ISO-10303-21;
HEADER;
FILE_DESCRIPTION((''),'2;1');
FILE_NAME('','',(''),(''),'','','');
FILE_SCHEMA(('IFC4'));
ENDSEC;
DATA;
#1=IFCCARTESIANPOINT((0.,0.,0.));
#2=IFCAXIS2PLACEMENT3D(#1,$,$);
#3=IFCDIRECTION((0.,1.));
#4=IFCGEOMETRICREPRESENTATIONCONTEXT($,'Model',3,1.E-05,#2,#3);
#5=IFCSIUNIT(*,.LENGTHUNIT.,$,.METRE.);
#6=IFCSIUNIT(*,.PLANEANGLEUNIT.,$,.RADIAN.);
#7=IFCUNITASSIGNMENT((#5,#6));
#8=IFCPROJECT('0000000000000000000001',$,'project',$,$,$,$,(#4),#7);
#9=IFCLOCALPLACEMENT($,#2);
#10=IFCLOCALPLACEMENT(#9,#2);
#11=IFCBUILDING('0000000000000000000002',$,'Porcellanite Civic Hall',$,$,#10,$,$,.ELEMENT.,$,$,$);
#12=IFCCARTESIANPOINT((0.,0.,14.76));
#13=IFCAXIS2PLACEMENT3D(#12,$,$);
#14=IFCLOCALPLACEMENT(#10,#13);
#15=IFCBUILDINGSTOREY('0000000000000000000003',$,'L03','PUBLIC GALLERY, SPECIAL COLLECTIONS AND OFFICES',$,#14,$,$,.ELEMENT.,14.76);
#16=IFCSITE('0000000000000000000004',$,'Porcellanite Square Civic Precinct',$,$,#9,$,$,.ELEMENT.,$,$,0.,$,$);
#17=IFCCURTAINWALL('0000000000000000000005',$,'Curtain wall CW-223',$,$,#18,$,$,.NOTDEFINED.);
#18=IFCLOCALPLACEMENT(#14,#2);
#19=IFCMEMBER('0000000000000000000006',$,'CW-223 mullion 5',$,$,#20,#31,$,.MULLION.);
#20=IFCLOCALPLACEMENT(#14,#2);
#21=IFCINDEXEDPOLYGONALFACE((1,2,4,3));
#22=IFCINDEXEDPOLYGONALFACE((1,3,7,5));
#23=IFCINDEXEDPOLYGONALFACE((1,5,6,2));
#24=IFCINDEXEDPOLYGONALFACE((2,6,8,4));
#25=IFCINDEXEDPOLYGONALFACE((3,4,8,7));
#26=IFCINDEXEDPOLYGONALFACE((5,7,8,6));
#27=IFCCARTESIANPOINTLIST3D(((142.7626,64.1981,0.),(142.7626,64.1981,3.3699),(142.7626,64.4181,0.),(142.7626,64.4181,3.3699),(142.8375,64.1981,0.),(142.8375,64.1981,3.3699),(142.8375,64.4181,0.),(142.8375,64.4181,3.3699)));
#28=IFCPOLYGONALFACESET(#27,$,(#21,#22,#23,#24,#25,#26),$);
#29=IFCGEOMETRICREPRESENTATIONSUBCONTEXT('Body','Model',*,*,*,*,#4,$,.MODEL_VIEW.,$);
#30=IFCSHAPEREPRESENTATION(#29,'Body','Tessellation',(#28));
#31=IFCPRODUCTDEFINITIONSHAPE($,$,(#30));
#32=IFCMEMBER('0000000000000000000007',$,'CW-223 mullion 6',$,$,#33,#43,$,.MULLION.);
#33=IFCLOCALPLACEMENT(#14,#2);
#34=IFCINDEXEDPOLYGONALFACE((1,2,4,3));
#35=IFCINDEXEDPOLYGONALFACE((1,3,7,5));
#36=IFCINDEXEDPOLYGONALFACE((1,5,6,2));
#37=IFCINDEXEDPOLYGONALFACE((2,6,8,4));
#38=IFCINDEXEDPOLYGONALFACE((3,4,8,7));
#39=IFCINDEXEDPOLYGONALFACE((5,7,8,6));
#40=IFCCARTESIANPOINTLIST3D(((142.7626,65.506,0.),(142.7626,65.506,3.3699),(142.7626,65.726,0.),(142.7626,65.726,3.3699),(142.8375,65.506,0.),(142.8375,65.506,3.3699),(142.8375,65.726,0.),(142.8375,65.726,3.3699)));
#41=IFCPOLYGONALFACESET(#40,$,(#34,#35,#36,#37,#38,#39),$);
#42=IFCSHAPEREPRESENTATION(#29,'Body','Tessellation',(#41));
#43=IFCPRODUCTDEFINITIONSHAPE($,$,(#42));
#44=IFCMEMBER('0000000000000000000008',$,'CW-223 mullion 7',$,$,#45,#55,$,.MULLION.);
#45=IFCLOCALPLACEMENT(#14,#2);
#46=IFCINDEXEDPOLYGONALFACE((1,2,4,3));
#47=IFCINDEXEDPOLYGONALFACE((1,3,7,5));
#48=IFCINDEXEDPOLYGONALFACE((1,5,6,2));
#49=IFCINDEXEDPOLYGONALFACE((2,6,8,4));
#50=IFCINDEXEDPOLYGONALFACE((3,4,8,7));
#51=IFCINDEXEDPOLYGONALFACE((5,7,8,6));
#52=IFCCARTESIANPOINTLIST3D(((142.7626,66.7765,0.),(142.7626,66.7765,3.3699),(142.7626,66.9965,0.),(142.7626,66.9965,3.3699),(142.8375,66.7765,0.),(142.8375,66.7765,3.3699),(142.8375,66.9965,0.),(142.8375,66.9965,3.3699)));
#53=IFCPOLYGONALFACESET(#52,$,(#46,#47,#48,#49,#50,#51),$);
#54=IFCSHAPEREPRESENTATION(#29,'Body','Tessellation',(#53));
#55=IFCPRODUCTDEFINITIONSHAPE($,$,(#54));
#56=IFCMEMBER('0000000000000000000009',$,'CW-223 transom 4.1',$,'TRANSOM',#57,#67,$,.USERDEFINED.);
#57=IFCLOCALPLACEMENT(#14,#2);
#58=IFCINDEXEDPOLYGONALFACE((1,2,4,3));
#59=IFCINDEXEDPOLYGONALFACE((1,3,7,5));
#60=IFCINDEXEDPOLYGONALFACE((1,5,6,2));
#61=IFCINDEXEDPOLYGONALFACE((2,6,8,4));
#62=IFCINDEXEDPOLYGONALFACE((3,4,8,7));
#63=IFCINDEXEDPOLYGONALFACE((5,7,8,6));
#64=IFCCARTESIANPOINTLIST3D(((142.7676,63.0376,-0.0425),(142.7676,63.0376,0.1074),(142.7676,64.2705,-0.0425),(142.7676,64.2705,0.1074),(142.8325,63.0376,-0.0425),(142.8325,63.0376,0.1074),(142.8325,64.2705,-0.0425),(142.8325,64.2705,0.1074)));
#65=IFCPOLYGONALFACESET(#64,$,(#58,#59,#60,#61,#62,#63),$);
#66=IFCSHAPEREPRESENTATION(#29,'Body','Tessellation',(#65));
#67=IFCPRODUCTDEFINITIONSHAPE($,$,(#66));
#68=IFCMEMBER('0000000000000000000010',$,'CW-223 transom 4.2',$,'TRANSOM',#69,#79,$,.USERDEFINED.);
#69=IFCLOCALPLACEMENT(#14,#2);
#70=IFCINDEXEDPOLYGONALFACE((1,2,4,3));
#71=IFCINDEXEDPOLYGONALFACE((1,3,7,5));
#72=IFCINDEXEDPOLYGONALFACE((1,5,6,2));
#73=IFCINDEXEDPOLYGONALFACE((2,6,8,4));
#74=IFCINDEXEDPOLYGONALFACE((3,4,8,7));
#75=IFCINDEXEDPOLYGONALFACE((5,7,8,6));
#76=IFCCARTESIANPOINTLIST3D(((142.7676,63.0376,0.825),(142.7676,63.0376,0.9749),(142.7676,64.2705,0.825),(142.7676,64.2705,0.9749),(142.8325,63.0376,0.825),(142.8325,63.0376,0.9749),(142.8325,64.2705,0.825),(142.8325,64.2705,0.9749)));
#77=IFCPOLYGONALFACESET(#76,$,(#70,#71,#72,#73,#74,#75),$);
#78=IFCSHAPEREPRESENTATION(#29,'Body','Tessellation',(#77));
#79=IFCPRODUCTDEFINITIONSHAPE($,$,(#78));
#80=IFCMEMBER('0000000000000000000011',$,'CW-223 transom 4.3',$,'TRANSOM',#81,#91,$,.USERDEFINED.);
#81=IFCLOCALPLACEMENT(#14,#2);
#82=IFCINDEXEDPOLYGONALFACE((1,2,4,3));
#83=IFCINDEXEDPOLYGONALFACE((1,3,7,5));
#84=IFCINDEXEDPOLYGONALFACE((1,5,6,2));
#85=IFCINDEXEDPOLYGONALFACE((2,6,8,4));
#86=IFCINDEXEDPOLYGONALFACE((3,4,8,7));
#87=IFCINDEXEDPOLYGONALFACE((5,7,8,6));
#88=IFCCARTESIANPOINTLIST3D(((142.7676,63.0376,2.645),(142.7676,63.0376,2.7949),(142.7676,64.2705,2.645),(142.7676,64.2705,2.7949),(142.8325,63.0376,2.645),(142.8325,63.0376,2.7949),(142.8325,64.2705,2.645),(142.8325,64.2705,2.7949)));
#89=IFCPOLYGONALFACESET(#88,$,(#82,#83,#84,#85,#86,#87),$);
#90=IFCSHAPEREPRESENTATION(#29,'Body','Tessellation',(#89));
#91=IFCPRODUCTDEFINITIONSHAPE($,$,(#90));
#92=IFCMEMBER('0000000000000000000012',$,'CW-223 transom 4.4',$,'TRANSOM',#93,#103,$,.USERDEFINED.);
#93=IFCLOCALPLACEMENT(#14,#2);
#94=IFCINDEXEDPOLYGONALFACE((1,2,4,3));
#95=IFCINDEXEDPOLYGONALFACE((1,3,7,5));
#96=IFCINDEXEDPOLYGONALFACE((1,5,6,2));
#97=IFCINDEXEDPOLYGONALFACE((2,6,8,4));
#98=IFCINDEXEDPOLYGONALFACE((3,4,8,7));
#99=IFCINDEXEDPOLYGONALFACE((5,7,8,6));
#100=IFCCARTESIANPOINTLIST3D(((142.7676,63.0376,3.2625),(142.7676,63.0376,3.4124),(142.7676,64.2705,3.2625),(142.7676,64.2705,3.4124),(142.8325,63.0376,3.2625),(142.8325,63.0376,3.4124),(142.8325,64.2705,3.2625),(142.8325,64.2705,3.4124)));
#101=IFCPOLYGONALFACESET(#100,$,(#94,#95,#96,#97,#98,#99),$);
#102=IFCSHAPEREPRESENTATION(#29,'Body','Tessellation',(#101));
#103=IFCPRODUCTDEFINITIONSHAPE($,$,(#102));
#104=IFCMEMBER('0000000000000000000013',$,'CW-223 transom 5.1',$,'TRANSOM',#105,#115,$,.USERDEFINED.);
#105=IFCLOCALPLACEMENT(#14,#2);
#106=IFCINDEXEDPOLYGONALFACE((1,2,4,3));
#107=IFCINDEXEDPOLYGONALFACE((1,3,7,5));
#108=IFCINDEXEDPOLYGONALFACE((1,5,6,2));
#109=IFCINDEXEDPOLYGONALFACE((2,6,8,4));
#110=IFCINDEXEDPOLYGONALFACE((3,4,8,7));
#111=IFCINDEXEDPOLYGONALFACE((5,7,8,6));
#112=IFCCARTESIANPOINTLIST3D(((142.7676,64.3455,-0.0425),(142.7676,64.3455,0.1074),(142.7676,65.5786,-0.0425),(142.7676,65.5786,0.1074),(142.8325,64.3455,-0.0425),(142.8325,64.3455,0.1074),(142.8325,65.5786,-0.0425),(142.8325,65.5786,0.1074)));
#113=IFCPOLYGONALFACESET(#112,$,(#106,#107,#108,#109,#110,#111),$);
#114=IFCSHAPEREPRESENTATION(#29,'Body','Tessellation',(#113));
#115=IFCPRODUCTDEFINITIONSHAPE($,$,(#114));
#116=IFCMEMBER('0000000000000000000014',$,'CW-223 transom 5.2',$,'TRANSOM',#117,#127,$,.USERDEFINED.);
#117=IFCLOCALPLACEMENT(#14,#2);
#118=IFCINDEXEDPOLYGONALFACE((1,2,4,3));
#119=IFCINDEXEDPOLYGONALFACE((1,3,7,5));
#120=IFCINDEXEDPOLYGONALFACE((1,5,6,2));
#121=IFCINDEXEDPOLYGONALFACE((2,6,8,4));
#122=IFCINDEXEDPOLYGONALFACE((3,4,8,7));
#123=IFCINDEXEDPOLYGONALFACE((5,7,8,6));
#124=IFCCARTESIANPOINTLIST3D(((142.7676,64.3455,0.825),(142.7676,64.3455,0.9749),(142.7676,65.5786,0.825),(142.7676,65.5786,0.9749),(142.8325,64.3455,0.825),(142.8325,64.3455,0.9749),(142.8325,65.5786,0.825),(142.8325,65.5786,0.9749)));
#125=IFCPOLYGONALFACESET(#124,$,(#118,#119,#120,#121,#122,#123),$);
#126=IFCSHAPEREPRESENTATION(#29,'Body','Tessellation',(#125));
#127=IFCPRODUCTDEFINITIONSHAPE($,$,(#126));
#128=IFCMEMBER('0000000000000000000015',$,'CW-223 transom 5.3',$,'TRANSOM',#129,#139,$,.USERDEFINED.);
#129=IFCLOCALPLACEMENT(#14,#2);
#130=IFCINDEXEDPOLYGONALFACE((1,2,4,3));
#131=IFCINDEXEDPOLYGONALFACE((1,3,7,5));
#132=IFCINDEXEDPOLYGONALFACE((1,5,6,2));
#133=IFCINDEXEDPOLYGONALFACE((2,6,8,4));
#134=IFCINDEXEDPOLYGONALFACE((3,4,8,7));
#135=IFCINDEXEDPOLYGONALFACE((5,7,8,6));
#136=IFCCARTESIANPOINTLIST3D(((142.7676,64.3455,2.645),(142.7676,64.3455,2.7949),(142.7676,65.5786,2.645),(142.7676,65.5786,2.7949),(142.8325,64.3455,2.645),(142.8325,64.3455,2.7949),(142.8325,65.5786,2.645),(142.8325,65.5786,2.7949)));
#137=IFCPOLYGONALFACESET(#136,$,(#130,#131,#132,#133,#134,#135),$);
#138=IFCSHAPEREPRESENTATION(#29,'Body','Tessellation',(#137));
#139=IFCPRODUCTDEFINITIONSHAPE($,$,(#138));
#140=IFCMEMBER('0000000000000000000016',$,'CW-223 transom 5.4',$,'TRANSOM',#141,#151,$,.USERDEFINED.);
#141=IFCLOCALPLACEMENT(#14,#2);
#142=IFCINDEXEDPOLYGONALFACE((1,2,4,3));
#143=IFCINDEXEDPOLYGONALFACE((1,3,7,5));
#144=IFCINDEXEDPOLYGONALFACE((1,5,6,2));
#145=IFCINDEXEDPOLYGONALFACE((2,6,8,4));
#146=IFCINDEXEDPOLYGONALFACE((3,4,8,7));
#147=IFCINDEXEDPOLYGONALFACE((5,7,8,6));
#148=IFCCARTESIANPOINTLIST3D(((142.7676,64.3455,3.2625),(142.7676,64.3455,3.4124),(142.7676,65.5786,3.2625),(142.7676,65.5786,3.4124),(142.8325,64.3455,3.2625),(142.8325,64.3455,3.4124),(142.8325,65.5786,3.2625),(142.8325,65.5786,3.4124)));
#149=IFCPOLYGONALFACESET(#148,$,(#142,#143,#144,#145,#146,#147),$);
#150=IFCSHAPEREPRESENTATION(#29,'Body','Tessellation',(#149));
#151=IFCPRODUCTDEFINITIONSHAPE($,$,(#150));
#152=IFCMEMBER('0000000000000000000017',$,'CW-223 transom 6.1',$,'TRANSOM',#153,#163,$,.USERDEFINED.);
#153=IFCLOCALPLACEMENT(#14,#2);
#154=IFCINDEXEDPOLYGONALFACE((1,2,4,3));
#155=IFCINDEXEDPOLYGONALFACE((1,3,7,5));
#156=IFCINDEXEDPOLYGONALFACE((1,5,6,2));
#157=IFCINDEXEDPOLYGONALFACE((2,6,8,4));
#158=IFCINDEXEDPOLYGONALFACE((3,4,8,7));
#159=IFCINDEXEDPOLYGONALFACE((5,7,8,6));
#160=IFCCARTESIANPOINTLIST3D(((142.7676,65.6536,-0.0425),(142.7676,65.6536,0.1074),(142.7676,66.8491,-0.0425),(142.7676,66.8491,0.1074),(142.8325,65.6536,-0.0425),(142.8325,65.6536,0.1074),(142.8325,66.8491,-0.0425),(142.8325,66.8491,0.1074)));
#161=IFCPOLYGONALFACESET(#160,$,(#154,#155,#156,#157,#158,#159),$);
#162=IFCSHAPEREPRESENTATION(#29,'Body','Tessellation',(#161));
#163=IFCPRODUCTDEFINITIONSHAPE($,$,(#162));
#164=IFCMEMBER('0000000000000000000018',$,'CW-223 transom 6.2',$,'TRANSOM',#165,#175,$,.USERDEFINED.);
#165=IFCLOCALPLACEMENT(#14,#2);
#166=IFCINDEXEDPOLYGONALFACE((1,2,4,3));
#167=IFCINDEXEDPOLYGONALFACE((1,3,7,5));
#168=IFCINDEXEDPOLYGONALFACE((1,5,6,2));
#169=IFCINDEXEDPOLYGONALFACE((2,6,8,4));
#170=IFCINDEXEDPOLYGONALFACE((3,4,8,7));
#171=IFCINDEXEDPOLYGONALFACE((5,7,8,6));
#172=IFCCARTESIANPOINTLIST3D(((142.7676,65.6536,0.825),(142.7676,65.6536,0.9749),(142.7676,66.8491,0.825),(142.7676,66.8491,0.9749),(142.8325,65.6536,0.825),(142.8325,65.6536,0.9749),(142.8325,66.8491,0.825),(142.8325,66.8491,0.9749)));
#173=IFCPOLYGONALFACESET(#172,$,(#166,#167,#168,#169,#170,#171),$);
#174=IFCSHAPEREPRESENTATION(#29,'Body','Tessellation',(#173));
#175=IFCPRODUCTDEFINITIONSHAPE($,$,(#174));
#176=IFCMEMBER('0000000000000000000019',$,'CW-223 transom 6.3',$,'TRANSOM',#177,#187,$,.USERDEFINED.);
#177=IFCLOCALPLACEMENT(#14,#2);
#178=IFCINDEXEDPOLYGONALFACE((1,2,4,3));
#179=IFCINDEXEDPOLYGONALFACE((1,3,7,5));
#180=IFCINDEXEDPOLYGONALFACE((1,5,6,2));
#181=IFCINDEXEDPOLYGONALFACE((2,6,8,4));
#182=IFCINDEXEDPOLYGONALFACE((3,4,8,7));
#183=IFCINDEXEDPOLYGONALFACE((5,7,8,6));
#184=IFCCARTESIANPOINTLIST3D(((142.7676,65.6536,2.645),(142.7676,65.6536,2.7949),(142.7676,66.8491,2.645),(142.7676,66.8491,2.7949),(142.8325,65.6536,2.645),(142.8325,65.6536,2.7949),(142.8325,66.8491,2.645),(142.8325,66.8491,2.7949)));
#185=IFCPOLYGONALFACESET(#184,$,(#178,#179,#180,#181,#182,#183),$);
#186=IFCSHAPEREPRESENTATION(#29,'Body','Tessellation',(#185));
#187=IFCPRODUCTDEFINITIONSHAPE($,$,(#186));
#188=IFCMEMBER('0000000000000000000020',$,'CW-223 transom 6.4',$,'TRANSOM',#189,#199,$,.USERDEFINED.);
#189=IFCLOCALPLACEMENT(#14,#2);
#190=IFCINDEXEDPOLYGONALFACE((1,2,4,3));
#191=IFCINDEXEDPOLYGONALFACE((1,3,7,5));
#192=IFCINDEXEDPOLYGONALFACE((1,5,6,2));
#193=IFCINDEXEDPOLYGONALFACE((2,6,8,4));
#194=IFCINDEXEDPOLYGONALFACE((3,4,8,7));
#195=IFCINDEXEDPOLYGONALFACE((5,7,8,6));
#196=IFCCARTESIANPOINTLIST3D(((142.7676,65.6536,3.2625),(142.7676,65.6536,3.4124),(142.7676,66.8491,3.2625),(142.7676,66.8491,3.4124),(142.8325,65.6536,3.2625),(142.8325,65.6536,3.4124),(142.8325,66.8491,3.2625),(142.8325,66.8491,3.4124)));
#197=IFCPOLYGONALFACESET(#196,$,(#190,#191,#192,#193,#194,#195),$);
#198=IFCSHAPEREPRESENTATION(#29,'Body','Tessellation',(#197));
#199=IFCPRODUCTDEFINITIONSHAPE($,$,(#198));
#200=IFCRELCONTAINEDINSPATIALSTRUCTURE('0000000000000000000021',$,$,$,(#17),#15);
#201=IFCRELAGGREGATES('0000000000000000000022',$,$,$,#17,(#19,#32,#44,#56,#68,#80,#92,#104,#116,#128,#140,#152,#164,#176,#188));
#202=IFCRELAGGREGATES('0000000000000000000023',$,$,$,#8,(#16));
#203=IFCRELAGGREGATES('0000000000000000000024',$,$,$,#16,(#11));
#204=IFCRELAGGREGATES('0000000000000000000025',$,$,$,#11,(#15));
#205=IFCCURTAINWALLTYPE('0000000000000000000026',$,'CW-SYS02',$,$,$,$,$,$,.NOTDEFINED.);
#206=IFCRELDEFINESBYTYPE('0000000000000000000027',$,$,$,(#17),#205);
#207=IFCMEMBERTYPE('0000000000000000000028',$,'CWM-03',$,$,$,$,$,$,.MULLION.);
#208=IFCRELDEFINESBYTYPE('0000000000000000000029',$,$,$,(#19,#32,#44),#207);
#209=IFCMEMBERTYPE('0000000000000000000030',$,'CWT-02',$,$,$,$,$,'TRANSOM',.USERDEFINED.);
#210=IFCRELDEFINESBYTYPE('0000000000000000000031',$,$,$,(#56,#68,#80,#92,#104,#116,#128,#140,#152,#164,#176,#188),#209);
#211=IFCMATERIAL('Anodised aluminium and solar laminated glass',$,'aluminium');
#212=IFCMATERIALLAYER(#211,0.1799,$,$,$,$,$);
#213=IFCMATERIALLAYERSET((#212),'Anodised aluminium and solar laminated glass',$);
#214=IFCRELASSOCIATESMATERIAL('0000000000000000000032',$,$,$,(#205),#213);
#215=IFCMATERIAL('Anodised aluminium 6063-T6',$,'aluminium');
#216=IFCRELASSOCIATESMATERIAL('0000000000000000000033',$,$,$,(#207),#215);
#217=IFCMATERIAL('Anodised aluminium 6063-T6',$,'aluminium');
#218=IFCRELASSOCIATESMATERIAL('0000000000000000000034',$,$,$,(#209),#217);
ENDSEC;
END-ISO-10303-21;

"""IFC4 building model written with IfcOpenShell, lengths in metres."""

from ifc_helpers import new_model, si_unit, direction, frame, origin, origin_2d, place, context, subcontext, project, spatial, rectangle, extrude, material, layer, layer_set, material_profile, profile_set, type_object, element, aggregate, save


model = new_model("IFC4")

# Units and contexts
model_context = context("Model", 3, precision=1e-05, world=origin(), true_north=direction((0.0, 1.0)))
body_context = subcontext(model_context, "Body", "Model", "MODEL_VIEW")
ifc_project = project(units=[si_unit("LENGTHUNIT", "METRE"), si_unit("PLANEANGLEUNIT", "RADIAN")], contexts=[model_context])

# Site, building, storey
site_placement = place(None, origin())
site = spatial("IfcSite", under=ifc_project, at=site_placement, Name="Porcellanite Square Civic Precinct", CompositionType="ELEMENT", RefElevation=0.0)
building_placement = place(site_placement, origin())
building = spatial("IfcBuilding", under=site, at=building_placement, Name="Porcellanite Civic Hall", CompositionType="ELEMENT")
storey_placement = place(building_placement, frame((0.0, 0.0, 14.76)))
storey = spatial("IfcBuildingStorey", under=building, at=storey_placement, Name="L03", Description="PUBLIC GALLERY, SPECIAL COLLECTIONS AND OFFICES", CompositionType="ELEMENT", Elevation=14.76)

# Curtain wall, members
ifc_material_1 = material(Name="Anodised aluminium and solar laminated glass", Category="aluminium")
ifc_layer_1 = layer(ifc_material_1, 0.1799)
ifc_layer_set_1 = layer_set([ifc_layer_1], Name="Anodised aluminium and solar laminated glass")
curtain_wall_type = type_object("IfcCurtainWallType", Name="CW-SYS02", PredefinedType="NOTDEFINED", material=ifc_layer_set_1)
curtain_wall_placement = place(storey_placement, origin())
curtain_wall = element("IfcCurtainWall", 1, at=curtain_wall_placement, inside=storey, type_object=curtain_wall_type, Name="Curtain wall CW-223", PredefinedType="NOTDEFINED")
ifc_material_2 = material(Name="Anodised aluminium 6063-T6", Category="aluminium")
ifc_material_profile_1 = material_profile(ifc_material_2, rectangle(XDim=0.075, YDim=0.22, at=origin_2d()), Name="AL-75x220")
ifc_profile_set_1 = profile_set([ifc_material_profile_1], Name="Anodised aluminium 6063-T6")
member_type_1 = type_object("IfcMemberType", Name="CWM-03", PredefinedType="MULLION", material=ifc_profile_set_1)
member_1_placement = place(storey_placement, frame((142.8, 64.3081, 0.0), z_axis=(0.0, 0.0, 1.0), x_axis=(-1.0, 0.0, 0.0)))
member_1 = element("IfcMember", 2, at=member_1_placement, type_object=member_type_1, Name="CW-223 mullion 5", PredefinedType="MULLION", context=body_context, shape_type="SweptSolid", body=[
    extrude(rectangle(XDim=0.075, YDim=0.22, at=origin_2d()), origin(), (0.0, 0.0, 1.0), 3.3699),
])
member_2_placement = place(storey_placement, frame((142.8, 65.616, 0.0), z_axis=(0.0, 0.0, 1.0), x_axis=(-1.0, 0.0, 0.0)))
member_2 = element("IfcMember", 3, at=member_2_placement, type_object=member_type_1, Name="CW-223 mullion 6", PredefinedType="MULLION", context=body_context, shape_type="SweptSolid", body=[
    extrude(rectangle(XDim=0.075, YDim=0.22, at=origin_2d()), origin(), (0.0, 0.0, 1.0), 3.3699),
])
member_3_placement = place(storey_placement, frame((142.8, 66.8865, 0.0), z_axis=(0.0, 0.0, 1.0), x_axis=(-1.0, 0.0, 0.0)))
member_3 = element("IfcMember", 4, at=member_3_placement, type_object=member_type_1, Name="CW-223 mullion 7", PredefinedType="MULLION", context=body_context, shape_type="SweptSolid", body=[
    extrude(rectangle(XDim=0.075, YDim=0.22, at=origin_2d()), origin(), (0.0, 0.0, 1.0), 3.3699),
])
ifc_material_3 = material(Name="Anodised aluminium 6063-T6", Category="aluminium")
ifc_material_profile_2 = material_profile(ifc_material_3, rectangle(XDim=0.0649, YDim=0.1499, at=origin_2d()), Name="AL-65x150")
ifc_profile_set_2 = profile_set([ifc_material_profile_2], Name="Anodised aluminium 6063-T6")
member_type_2 = type_object("IfcMemberType", Name="CWT-02", ElementType="TRANSOM", PredefinedType="USERDEFINED", material=ifc_profile_set_2)
member_4_placement = place(storey_placement, frame((142.8, 63.0376, 0.0325), z_axis=(0.0, 1.0, 0.0), x_axis=(-1.0, 0.0, 0.0)))
member_4 = element("IfcMember", 5, at=member_4_placement, type_object=member_type_2, Name="CW-223 transom 4.1", ObjectType="TRANSOM", PredefinedType="USERDEFINED", context=body_context, shape_type="SweptSolid", body=[
    extrude(rectangle(XDim=0.0649, YDim=0.1499, at=origin_2d()), origin(), (0.0, 0.0, 1.0), 1.2329),
])
member_5_placement = place(storey_placement, frame((142.8, 63.0376, 0.8999), z_axis=(0.0, 1.0, 0.0), x_axis=(-1.0, 0.0, 0.0)))
member_5 = element("IfcMember", 6, at=member_5_placement, type_object=member_type_2, Name="CW-223 transom 4.2", ObjectType="TRANSOM", PredefinedType="USERDEFINED", context=body_context, shape_type="SweptSolid", body=[
    extrude(rectangle(XDim=0.0649, YDim=0.1499, at=origin_2d()), origin(), (0.0, 0.0, 1.0), 1.2329),
])
member_6_placement = place(storey_placement, frame((142.8, 63.0376, 2.72), z_axis=(0.0, 1.0, 0.0), x_axis=(-1.0, 0.0, 0.0)))
member_6 = element("IfcMember", 7, at=member_6_placement, type_object=member_type_2, Name="CW-223 transom 4.3", ObjectType="TRANSOM", PredefinedType="USERDEFINED", context=body_context, shape_type="SweptSolid", body=[
    extrude(rectangle(XDim=0.0649, YDim=0.1499, at=origin_2d()), origin(), (0.0, 0.0, 1.0), 1.2329),
])
member_7_placement = place(storey_placement, frame((142.8, 63.0376, 3.3374), z_axis=(0.0, 1.0, 0.0), x_axis=(-1.0, 0.0, 0.0)))
member_7 = element("IfcMember", 8, at=member_7_placement, type_object=member_type_2, Name="CW-223 transom 4.4", ObjectType="TRANSOM", PredefinedType="USERDEFINED", context=body_context, shape_type="SweptSolid", body=[
    extrude(rectangle(XDim=0.0649, YDim=0.1499, at=origin_2d()), origin(), (0.0, 0.0, 1.0), 1.2329),
])
member_8_placement = place(storey_placement, frame((142.8, 64.3455, 0.0325), z_axis=(0.0, 1.0, 0.0), x_axis=(-1.0, 0.0, 0.0)))
member_8 = element("IfcMember", 9, at=member_8_placement, type_object=member_type_2, Name="CW-223 transom 5.1", ObjectType="TRANSOM", PredefinedType="USERDEFINED", context=body_context, shape_type="SweptSolid", body=[
    extrude(rectangle(XDim=0.0649, YDim=0.1499, at=origin_2d()), origin(), (0.0, 0.0, 1.0), 1.2332),
])
member_9_placement = place(storey_placement, frame((142.8, 64.3455, 0.8999), z_axis=(0.0, 1.0, 0.0), x_axis=(-1.0, 0.0, 0.0)))
member_9 = element("IfcMember", 10, at=member_9_placement, type_object=member_type_2, Name="CW-223 transom 5.2", ObjectType="TRANSOM", PredefinedType="USERDEFINED", context=body_context, shape_type="SweptSolid", body=[
    extrude(rectangle(XDim=0.0649, YDim=0.1499, at=origin_2d()), origin(), (0.0, 0.0, 1.0), 1.2332),
])
member_10_placement = place(storey_placement, frame((142.8, 64.3455, 2.72), z_axis=(0.0, 1.0, 0.0), x_axis=(-1.0, 0.0, 0.0)))
member_10 = element("IfcMember", 11, at=member_10_placement, type_object=member_type_2, Name="CW-223 transom 5.3", ObjectType="TRANSOM", PredefinedType="USERDEFINED", context=body_context, shape_type="SweptSolid", body=[
    extrude(rectangle(XDim=0.0649, YDim=0.1499, at=origin_2d()), origin(), (0.0, 0.0, 1.0), 1.2332),
])
member_11_placement = place(storey_placement, frame((142.8, 64.3455, 3.3374), z_axis=(0.0, 1.0, 0.0), x_axis=(-1.0, 0.0, 0.0)))
member_11 = element("IfcMember", 12, at=member_11_placement, type_object=member_type_2, Name="CW-223 transom 5.4", ObjectType="TRANSOM", PredefinedType="USERDEFINED", context=body_context, shape_type="SweptSolid", body=[
    extrude(rectangle(XDim=0.0649, YDim=0.1499, at=origin_2d()), origin(), (0.0, 0.0, 1.0), 1.2332),
])
member_12_placement = place(storey_placement, frame((142.8, 65.6536, 0.0325), z_axis=(0.0, 1.0, 0.0), x_axis=(-1.0, 0.0, 0.0)))
member_12 = element("IfcMember", 13, at=member_12_placement, type_object=member_type_2, Name="CW-223 transom 6.1", ObjectType="TRANSOM", PredefinedType="USERDEFINED", context=body_context, shape_type="SweptSolid", body=[
    extrude(rectangle(XDim=0.0649, YDim=0.1499, at=origin_2d()), origin(), (0.0, 0.0, 1.0), 1.1956),
])
member_13_placement = place(storey_placement, frame((142.8, 65.6536, 0.8999), z_axis=(0.0, 1.0, 0.0), x_axis=(-1.0, 0.0, 0.0)))
member_13 = element("IfcMember", 14, at=member_13_placement, type_object=member_type_2, Name="CW-223 transom 6.2", ObjectType="TRANSOM", PredefinedType="USERDEFINED", context=body_context, shape_type="SweptSolid", body=[
    extrude(rectangle(XDim=0.0649, YDim=0.1499, at=origin_2d()), origin(), (0.0, 0.0, 1.0), 1.1956),
])
member_14_placement = place(storey_placement, frame((142.8, 65.6536, 2.72), z_axis=(0.0, 1.0, 0.0), x_axis=(-1.0, 0.0, 0.0)))
member_14 = element("IfcMember", 15, at=member_14_placement, type_object=member_type_2, Name="CW-223 transom 6.3", ObjectType="TRANSOM", PredefinedType="USERDEFINED", context=body_context, shape_type="SweptSolid", body=[
    extrude(rectangle(XDim=0.0649, YDim=0.1499, at=origin_2d()), origin(), (0.0, 0.0, 1.0), 1.1956),
])
member_15_placement = place(storey_placement, frame((142.8, 65.6536, 3.3374), z_axis=(0.0, 1.0, 0.0), x_axis=(-1.0, 0.0, 0.0)))
member_15 = element("IfcMember", 16, at=member_15_placement, type_object=member_type_2, Name="CW-223 transom 6.4", ObjectType="TRANSOM", PredefinedType="USERDEFINED", context=body_context, shape_type="SweptSolid", body=[
    extrude(rectangle(XDim=0.0649, YDim=0.1499, at=origin_2d()), origin(), (0.0, 0.0, 1.0), 1.1956),
])

aggregate(curtain_wall, [member_1, member_2, member_3, member_4, member_5, member_6, member_7, member_8, member_9, member_10, member_11, member_12, member_13, member_14, member_15])

save(model, "model.ifc")
